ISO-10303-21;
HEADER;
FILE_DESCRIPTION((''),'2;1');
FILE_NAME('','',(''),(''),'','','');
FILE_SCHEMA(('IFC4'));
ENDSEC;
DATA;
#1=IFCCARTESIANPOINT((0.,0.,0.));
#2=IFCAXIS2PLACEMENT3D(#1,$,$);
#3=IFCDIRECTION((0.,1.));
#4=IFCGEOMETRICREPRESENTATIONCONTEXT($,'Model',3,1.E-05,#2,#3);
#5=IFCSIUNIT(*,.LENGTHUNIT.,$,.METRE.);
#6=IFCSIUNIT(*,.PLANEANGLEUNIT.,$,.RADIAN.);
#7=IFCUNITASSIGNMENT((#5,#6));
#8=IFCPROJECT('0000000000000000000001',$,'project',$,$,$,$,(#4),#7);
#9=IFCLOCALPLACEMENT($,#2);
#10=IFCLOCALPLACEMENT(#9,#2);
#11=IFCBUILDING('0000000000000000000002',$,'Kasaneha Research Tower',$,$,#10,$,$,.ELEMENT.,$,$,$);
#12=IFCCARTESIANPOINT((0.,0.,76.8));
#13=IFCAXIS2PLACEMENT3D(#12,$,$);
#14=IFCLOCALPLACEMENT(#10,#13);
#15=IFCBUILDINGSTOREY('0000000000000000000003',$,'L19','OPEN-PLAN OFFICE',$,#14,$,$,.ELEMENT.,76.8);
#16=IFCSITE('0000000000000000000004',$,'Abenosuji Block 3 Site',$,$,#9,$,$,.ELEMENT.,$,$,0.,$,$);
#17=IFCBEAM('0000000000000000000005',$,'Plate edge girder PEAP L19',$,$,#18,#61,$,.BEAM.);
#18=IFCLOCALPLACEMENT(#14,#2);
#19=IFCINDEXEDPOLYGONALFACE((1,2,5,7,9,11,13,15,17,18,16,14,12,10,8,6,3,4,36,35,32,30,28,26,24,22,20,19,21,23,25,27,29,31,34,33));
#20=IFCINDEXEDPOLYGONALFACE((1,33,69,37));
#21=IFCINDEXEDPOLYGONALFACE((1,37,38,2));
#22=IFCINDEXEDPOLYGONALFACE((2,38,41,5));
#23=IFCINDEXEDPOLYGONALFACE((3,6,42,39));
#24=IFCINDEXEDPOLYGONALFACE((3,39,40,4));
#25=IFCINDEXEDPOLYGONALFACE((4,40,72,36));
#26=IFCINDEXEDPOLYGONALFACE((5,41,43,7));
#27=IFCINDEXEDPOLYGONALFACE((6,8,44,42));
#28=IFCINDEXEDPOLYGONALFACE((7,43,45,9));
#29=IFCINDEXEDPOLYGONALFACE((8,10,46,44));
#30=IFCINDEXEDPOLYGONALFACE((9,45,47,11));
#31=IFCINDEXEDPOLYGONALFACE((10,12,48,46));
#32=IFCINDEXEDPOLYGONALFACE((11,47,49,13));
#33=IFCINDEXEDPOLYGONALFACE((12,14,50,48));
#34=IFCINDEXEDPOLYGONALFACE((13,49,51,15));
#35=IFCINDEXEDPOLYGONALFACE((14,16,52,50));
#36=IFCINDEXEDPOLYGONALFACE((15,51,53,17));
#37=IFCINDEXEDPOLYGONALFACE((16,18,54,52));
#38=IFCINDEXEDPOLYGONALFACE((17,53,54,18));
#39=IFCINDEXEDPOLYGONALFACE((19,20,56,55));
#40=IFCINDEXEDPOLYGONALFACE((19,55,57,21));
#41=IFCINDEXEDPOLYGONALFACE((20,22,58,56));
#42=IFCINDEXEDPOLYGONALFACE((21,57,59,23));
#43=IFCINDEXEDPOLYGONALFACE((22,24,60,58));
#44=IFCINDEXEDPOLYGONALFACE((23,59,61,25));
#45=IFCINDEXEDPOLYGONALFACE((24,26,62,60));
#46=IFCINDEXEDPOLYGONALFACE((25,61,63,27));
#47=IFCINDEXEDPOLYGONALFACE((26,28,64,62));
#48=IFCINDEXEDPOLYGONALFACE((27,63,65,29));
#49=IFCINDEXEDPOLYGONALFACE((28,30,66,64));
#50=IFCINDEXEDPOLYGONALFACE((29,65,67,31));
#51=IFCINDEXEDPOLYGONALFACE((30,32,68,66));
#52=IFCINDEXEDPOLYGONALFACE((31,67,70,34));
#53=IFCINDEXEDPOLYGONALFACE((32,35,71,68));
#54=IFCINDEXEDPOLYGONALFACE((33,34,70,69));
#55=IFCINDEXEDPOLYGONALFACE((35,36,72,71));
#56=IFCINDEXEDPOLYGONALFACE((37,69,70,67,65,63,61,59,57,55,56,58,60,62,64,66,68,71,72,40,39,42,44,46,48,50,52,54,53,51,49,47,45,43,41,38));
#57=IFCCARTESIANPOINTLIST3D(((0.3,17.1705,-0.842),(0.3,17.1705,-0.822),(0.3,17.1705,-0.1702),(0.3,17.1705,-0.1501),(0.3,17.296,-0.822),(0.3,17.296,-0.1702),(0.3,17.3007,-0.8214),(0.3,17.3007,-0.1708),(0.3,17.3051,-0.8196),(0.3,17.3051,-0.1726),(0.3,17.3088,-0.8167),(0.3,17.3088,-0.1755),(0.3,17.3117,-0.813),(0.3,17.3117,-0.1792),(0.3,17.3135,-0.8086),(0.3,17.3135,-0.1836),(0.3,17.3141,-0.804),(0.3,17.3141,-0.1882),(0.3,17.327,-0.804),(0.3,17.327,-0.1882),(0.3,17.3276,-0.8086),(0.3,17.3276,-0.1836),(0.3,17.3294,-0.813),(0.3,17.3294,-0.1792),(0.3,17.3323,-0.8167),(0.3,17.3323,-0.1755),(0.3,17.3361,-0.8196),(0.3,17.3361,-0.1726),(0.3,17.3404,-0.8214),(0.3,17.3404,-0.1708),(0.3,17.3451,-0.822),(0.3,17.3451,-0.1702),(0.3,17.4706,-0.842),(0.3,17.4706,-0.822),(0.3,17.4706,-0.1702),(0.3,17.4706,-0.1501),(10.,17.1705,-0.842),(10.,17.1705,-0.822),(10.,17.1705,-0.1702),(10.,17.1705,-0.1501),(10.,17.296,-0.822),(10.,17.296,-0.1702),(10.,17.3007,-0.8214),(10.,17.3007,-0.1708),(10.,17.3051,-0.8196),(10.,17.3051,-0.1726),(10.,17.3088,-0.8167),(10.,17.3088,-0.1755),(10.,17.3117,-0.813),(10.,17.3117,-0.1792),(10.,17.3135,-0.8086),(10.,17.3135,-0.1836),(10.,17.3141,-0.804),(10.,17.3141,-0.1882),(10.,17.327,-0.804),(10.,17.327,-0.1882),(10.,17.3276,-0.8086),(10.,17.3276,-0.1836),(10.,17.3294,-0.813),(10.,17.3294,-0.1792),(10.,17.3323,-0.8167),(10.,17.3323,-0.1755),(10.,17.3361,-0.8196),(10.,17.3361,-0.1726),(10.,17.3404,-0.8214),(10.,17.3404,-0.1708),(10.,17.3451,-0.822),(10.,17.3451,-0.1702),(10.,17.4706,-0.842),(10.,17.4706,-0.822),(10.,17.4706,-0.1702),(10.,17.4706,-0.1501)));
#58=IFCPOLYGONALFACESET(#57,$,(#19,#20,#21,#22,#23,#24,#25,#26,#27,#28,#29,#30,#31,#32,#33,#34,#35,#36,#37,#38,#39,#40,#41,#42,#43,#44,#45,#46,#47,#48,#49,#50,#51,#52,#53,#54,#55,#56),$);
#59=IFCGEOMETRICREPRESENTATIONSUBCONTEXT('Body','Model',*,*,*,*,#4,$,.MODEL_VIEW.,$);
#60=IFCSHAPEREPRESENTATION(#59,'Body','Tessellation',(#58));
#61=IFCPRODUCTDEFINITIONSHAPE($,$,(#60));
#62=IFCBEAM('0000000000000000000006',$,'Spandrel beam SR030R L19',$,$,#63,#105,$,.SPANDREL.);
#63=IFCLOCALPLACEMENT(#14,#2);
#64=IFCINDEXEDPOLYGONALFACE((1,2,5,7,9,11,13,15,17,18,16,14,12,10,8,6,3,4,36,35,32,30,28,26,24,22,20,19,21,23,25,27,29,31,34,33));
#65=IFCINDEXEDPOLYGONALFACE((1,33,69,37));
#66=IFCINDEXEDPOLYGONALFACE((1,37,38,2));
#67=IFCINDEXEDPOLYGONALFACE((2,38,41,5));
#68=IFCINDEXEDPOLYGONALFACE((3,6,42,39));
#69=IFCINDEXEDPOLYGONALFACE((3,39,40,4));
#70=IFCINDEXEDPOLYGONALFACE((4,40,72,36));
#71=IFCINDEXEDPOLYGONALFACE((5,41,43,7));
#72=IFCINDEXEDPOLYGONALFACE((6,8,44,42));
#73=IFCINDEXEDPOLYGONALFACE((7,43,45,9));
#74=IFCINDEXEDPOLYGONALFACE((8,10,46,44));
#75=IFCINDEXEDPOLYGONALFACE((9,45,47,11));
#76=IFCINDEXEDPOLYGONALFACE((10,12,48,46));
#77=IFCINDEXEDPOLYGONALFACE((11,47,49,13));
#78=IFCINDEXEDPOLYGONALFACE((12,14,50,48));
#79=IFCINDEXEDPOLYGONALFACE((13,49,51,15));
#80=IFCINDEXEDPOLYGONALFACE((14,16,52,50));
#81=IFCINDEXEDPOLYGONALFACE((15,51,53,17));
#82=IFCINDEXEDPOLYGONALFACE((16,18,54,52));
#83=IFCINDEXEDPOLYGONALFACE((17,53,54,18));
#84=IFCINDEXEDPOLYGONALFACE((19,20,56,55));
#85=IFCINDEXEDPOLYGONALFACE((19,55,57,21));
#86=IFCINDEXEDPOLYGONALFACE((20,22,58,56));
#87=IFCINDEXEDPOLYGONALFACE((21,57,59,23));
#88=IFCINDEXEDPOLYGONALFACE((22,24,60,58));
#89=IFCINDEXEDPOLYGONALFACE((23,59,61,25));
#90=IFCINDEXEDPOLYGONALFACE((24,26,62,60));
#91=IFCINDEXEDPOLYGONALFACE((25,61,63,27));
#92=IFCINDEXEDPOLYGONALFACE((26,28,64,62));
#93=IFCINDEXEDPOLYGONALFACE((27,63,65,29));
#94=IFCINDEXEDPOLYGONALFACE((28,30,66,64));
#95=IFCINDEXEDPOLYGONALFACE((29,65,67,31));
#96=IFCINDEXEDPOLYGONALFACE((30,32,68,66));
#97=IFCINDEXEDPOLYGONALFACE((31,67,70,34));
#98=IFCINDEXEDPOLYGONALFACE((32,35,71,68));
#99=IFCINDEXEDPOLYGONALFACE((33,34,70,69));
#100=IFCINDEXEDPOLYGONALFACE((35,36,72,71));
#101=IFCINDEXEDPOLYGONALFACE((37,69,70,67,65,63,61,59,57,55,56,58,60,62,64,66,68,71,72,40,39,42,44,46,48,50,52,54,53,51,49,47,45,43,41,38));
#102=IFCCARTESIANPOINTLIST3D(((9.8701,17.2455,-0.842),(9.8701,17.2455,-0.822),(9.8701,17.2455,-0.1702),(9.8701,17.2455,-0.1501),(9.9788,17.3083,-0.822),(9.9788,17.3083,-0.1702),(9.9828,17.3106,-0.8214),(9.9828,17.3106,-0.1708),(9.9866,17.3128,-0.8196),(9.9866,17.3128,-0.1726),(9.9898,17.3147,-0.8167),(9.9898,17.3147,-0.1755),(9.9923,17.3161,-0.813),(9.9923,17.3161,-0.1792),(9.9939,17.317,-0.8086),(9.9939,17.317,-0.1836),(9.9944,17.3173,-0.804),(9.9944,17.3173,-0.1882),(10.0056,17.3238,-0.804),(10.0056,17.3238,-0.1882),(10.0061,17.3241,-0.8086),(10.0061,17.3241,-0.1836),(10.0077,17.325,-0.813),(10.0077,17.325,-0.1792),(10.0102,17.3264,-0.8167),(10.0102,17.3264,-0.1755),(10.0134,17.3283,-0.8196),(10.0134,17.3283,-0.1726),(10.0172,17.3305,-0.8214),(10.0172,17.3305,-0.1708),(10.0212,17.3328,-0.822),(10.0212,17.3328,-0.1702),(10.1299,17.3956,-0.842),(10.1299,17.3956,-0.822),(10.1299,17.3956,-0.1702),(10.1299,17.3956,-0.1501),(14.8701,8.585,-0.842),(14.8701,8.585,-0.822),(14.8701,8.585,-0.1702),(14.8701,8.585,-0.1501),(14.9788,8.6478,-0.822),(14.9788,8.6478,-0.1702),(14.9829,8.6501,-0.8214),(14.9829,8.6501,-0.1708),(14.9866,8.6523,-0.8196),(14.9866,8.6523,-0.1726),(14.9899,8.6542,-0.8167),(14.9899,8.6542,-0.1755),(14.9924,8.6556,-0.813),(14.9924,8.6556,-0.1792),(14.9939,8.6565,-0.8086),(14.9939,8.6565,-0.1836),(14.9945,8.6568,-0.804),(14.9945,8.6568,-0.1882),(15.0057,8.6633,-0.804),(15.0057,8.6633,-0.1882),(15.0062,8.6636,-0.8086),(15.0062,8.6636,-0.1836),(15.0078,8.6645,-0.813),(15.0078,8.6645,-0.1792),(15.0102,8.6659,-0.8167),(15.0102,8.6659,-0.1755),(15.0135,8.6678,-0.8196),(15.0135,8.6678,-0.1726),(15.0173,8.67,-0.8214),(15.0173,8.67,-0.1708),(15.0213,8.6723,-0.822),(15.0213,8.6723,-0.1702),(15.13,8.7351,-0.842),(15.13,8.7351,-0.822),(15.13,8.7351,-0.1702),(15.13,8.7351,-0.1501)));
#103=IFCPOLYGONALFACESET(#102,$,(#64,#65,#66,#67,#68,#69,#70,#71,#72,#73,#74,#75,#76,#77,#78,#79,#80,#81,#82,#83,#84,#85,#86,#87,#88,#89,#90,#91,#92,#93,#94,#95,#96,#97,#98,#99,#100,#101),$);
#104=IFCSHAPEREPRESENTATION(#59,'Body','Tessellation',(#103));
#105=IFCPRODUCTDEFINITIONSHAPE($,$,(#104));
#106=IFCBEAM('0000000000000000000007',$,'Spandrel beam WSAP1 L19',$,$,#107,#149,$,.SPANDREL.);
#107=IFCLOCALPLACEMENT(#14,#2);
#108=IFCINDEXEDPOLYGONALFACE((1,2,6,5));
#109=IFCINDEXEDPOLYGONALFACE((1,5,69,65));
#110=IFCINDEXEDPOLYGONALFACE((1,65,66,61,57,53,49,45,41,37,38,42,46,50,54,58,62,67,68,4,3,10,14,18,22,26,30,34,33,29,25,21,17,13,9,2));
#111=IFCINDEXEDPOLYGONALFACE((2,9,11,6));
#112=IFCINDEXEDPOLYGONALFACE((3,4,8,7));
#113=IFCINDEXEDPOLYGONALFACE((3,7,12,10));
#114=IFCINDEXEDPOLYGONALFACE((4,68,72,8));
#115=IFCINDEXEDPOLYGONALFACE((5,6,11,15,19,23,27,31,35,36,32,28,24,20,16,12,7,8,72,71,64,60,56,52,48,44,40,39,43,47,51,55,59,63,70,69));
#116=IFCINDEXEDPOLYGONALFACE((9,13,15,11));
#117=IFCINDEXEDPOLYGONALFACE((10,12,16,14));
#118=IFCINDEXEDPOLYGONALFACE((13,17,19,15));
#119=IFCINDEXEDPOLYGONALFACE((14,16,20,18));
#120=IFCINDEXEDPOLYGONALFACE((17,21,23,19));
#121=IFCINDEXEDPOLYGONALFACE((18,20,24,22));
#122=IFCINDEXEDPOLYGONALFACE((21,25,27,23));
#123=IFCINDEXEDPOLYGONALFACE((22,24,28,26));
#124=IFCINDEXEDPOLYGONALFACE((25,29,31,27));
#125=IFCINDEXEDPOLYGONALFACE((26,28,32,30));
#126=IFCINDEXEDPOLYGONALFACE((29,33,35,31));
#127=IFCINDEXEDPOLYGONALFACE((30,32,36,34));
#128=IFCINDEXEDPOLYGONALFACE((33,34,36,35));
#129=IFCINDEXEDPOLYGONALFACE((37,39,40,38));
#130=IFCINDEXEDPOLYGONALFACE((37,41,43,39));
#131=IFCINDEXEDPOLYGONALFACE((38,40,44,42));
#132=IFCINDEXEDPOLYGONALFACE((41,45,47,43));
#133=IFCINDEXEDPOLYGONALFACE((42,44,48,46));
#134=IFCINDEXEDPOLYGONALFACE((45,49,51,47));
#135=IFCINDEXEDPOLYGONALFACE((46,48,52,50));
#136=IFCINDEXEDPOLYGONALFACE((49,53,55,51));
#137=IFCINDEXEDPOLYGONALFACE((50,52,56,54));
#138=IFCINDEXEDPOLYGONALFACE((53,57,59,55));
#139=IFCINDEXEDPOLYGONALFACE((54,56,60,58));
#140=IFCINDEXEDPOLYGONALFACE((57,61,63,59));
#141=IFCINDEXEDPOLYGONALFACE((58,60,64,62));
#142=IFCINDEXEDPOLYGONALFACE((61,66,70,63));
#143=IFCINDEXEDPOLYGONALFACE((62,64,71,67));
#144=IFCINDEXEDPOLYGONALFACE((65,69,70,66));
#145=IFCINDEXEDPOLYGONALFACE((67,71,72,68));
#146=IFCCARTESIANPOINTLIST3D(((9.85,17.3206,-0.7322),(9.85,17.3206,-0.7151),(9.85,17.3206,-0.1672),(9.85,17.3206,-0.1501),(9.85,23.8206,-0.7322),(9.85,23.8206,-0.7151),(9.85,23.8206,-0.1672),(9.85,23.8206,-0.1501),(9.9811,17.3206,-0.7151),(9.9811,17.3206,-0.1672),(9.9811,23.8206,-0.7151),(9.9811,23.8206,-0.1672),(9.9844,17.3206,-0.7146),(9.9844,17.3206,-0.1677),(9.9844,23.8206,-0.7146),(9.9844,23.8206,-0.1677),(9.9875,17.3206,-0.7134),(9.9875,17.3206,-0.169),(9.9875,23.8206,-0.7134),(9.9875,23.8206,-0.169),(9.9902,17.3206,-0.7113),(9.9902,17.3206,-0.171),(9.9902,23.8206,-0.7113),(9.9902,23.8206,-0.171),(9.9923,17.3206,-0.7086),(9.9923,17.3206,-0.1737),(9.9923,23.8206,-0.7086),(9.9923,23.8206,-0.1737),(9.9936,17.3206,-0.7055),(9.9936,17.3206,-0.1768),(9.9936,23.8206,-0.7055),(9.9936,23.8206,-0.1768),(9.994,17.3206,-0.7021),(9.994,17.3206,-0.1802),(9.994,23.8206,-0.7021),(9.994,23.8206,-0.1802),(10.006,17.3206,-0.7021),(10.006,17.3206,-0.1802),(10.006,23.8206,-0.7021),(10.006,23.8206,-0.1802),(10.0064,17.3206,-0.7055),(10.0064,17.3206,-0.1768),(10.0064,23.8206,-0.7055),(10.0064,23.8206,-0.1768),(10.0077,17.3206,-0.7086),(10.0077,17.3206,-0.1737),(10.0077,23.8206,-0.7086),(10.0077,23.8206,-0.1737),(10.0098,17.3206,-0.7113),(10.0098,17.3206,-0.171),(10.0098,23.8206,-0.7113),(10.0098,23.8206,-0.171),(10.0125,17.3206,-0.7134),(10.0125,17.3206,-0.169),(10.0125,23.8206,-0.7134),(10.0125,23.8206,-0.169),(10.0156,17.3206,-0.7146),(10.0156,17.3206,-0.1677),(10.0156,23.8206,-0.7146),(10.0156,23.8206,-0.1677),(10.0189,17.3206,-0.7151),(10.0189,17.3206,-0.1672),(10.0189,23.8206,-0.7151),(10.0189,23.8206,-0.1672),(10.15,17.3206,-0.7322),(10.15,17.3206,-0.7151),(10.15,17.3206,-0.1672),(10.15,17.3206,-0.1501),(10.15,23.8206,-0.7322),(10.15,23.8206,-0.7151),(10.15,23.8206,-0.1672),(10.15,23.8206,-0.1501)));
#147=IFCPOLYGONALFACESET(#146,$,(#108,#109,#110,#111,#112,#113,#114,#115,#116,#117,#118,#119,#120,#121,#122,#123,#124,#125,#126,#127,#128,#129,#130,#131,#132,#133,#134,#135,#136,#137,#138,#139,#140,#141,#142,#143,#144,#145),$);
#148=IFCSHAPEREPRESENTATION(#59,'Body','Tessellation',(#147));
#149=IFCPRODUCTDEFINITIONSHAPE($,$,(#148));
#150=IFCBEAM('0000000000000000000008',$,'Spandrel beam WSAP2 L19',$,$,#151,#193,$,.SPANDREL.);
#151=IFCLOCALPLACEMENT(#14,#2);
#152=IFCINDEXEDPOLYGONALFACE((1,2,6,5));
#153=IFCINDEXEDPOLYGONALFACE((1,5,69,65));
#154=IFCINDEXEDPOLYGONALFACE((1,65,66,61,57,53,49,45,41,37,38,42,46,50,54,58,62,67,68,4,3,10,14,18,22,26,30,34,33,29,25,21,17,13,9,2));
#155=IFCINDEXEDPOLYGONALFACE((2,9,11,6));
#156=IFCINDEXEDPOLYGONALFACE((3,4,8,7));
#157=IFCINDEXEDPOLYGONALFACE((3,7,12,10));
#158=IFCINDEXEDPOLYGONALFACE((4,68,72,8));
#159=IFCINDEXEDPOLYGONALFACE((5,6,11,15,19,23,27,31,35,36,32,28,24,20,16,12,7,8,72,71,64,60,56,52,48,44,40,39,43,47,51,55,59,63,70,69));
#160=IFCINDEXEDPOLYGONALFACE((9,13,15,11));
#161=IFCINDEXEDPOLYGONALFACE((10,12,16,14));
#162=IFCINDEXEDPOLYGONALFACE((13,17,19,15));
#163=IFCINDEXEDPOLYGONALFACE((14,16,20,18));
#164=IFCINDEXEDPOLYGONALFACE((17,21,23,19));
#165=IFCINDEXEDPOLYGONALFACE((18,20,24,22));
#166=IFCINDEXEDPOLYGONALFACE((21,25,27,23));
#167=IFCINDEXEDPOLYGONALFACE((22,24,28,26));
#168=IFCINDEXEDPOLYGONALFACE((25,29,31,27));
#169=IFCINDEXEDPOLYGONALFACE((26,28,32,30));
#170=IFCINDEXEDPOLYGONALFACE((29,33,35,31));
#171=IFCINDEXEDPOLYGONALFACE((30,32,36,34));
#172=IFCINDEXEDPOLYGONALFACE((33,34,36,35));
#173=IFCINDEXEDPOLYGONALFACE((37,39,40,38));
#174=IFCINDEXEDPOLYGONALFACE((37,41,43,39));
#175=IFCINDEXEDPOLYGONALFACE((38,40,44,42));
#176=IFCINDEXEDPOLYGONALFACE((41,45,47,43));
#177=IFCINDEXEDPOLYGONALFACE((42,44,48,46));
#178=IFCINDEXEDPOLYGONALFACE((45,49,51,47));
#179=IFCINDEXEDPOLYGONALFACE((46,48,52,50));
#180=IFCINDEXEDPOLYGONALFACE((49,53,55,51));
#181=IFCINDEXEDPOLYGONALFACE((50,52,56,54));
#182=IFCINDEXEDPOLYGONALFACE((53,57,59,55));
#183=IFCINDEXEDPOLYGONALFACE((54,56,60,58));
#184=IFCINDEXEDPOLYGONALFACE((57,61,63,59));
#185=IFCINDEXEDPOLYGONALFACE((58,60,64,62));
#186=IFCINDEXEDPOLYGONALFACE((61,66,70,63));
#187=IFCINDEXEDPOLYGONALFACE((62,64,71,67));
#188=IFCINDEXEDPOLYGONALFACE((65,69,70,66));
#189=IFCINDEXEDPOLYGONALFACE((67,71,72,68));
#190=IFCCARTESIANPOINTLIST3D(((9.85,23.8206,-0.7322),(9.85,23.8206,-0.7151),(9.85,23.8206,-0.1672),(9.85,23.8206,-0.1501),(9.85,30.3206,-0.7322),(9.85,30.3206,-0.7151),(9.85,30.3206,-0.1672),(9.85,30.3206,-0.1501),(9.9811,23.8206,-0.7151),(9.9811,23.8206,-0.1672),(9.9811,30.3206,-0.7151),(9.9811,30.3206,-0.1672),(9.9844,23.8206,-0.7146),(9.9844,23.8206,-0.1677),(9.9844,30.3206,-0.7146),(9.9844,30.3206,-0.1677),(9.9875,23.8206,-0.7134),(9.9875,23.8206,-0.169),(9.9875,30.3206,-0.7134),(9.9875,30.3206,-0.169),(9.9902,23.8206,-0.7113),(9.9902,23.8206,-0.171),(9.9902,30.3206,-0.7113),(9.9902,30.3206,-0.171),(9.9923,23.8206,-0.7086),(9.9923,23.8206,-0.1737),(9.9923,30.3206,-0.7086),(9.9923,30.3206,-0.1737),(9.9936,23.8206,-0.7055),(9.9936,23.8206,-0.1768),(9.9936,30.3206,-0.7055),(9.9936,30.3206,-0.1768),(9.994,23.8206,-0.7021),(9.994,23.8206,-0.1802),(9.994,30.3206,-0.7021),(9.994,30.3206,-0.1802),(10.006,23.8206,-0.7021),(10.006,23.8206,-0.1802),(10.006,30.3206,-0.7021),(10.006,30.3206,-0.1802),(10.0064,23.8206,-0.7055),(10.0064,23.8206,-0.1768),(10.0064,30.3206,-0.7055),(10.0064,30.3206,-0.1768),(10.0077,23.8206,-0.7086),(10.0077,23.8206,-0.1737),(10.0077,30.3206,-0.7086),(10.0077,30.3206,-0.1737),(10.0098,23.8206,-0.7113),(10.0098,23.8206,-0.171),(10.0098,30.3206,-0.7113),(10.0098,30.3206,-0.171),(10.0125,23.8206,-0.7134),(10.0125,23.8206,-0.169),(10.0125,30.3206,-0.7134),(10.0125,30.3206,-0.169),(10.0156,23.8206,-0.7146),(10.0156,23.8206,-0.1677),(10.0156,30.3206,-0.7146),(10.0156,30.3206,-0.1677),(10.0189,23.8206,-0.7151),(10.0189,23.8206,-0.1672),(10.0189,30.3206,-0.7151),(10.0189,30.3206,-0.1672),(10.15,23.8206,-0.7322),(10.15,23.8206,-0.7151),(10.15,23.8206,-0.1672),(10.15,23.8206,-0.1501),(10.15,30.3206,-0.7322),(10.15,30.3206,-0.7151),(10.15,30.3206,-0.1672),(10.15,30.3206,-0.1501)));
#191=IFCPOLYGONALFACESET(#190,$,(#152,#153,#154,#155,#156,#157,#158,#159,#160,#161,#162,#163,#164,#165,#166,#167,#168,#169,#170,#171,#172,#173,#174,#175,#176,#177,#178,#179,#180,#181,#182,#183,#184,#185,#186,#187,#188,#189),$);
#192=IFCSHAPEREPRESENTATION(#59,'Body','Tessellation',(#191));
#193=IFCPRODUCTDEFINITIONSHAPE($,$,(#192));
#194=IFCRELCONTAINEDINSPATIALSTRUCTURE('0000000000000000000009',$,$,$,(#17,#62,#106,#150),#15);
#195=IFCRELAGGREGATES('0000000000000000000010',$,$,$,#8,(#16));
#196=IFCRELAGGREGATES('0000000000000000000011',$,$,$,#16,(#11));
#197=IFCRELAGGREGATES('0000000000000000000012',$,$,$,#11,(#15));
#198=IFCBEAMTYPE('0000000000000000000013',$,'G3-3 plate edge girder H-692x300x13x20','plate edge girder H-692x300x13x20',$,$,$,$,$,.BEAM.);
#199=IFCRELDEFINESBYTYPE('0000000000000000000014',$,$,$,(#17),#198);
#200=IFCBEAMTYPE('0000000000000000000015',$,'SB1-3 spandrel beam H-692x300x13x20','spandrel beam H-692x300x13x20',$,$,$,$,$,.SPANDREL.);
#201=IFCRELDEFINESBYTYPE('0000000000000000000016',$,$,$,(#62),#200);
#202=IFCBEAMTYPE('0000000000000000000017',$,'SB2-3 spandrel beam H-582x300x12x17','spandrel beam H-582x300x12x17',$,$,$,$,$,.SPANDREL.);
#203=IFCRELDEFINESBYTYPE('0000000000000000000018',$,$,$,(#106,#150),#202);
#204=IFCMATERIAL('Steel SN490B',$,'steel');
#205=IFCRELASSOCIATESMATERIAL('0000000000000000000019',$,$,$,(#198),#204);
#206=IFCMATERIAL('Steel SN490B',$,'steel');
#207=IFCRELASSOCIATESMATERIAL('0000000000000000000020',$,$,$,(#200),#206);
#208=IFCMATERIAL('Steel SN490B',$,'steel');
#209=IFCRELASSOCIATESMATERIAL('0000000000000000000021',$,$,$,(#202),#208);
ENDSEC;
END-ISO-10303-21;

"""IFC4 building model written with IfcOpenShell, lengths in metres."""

from ifc_helpers import new_model, si_unit, direction, frame, origin, origin_2d, place, context, subcontext, project, spatial, i_section, extrude, material, material_profile, profile_set, type_object, element, save


model = new_model("IFC4")

# Units and contexts
model_context = context("Model", 3, precision=1e-05, world=origin(), true_north=direction((0.0, 1.0)))
body_context = subcontext(model_context, "Body", "Model", "MODEL_VIEW")
ifc_project = project(units=[si_unit("LENGTHUNIT", "METRE"), si_unit("PLANEANGLEUNIT", "RADIAN")], contexts=[model_context])

# Site, building, storey
site_placement = place(None, origin())
site = spatial("IfcSite", under=ifc_project, at=site_placement, Name="Abenosuji Block 3 Site", CompositionType="ELEMENT", RefElevation=0.0)
building_placement = place(site_placement, origin())
building = spatial("IfcBuilding", under=site, at=building_placement, Name="Kasaneha Research Tower", CompositionType="ELEMENT")
storey_placement = place(building_placement, frame((0.0, 0.0, 76.8)))
storey = spatial("IfcBuildingStorey", under=building, at=storey_placement, Name="L19", Description="OPEN-PLAN OFFICE", CompositionType="ELEMENT", Elevation=76.8)

# Beams
ifc_material_1 = material(Name="Steel SN490B", Category="steel")
ifc_material_profile_1 = material_profile(ifc_material_1, i_section(OverallWidth=0.3, OverallDepth=0.6919, WebThickness=0.0129, FlangeThickness=0.02, FilletRadius=0.0181, at=origin_2d()), Name="H-692x300x13x20")
ifc_profile_set_1 = profile_set([ifc_material_profile_1], Name="Steel SN490B")
beam_type_1 = type_object("IfcBeamType", Name="G3-3 plate edge girder H-692x300x13x20", Description="plate edge girder H-692x300x13x20", PredefinedType="BEAM", material=ifc_profile_set_1)
beam_1_placement = place(storey_placement, frame((10.0, 17.3206, -0.4961), z_axis=(-1.0, 0.0, 0.0), x_axis=(0.0, -1.0, 0.0)))
element("IfcBeam", 1, at=beam_1_placement, inside=storey, type_object=beam_type_1, Name="Plate edge girder PEAP L19", PredefinedType="BEAM", context=body_context, shape_type="SweptSolid", body=[
    extrude(i_section(OverallWidth=0.3, OverallDepth=0.6919, WebThickness=0.0129, FlangeThickness=0.02, FilletRadius=0.0181, at=origin_2d()), origin(), (0.0, 0.0, 1.0), 9.7),
])
ifc_material_2 = material(Name="Steel SN490B", Category="steel")
ifc_material_profile_2 = material_profile(ifc_material_2, i_section(OverallWidth=0.3, OverallDepth=0.6919, WebThickness=0.0129, FlangeThickness=0.02, FilletRadius=0.0181, at=origin_2d()), Name="H-692x300x13x20")
ifc_profile_set_2 = profile_set([ifc_material_profile_2], Name="Steel SN490B")
beam_type_2 = type_object("IfcBeamType", Name="SB1-3 spandrel beam H-692x300x13x20", Description="spandrel beam H-692x300x13x20", PredefinedType="SPANDREL", material=ifc_profile_set_2)
beam_2_placement = place(storey_placement, frame((10.0, 17.3206, -0.4961), z_axis=(0.499994, -0.866029, 0.0), x_axis=(0.866029, 0.499994, 0.0)))
element("IfcBeam", 2, at=beam_2_placement, inside=storey, type_object=beam_type_2, Name="Spandrel beam SR030R L19", PredefinedType="SPANDREL", context=body_context, shape_type="SweptSolid", body=[
    extrude(i_section(OverallWidth=0.3, OverallDepth=0.6919, WebThickness=0.0129, FlangeThickness=0.02, FilletRadius=0.0181, at=origin_2d()), origin(), (0.0, 0.0, 1.0), 10.0002),
])
ifc_material_3 = material(Name="Steel SN490B", Category="steel")
ifc_material_profile_3 = material_profile(ifc_material_3, i_section(OverallWidth=0.3, OverallDepth=0.582, WebThickness=0.012, FlangeThickness=0.0171, FilletRadius=0.0129, at=origin_2d()), Name="H-582x300x12x17")
ifc_profile_set_3 = profile_set([ifc_material_profile_3], Name="Steel SN490B")
beam_type_3 = type_object("IfcBeamType", Name="SB2-3 spandrel beam H-582x300x12x17", Description="spandrel beam H-582x300x12x17", PredefinedType="SPANDREL", material=ifc_profile_set_3)
for number, where, z_axis, x_axis, name in (
    (3, (10.0, 17.3206, -0.4412), (0.0, 1.0, 0.0), (-1.0, 0.0, 0.0), "Spandrel beam WSAP1 L19"),
    (4, (10.0, 23.8206, -0.4412), (0.0, 1.0, 0.0), (-1.0, 0.0, 0.0), "Spandrel beam WSAP2 L19"),
):
    element("IfcBeam", number, at=place(storey_placement, frame(where, z_axis=z_axis, x_axis=x_axis)), inside=storey, type_object=beam_type_3, Name=name, PredefinedType="SPANDREL", context=body_context, shape_type="SweptSolid", body=[
        extrude(i_section(OverallWidth=0.3, OverallDepth=0.582, WebThickness=0.012, FlangeThickness=0.0171, FilletRadius=0.0129, at=origin_2d()), origin(), (0.0, 0.0, 1.0), 6.5),
    ])

save(model, "model.ifc")
